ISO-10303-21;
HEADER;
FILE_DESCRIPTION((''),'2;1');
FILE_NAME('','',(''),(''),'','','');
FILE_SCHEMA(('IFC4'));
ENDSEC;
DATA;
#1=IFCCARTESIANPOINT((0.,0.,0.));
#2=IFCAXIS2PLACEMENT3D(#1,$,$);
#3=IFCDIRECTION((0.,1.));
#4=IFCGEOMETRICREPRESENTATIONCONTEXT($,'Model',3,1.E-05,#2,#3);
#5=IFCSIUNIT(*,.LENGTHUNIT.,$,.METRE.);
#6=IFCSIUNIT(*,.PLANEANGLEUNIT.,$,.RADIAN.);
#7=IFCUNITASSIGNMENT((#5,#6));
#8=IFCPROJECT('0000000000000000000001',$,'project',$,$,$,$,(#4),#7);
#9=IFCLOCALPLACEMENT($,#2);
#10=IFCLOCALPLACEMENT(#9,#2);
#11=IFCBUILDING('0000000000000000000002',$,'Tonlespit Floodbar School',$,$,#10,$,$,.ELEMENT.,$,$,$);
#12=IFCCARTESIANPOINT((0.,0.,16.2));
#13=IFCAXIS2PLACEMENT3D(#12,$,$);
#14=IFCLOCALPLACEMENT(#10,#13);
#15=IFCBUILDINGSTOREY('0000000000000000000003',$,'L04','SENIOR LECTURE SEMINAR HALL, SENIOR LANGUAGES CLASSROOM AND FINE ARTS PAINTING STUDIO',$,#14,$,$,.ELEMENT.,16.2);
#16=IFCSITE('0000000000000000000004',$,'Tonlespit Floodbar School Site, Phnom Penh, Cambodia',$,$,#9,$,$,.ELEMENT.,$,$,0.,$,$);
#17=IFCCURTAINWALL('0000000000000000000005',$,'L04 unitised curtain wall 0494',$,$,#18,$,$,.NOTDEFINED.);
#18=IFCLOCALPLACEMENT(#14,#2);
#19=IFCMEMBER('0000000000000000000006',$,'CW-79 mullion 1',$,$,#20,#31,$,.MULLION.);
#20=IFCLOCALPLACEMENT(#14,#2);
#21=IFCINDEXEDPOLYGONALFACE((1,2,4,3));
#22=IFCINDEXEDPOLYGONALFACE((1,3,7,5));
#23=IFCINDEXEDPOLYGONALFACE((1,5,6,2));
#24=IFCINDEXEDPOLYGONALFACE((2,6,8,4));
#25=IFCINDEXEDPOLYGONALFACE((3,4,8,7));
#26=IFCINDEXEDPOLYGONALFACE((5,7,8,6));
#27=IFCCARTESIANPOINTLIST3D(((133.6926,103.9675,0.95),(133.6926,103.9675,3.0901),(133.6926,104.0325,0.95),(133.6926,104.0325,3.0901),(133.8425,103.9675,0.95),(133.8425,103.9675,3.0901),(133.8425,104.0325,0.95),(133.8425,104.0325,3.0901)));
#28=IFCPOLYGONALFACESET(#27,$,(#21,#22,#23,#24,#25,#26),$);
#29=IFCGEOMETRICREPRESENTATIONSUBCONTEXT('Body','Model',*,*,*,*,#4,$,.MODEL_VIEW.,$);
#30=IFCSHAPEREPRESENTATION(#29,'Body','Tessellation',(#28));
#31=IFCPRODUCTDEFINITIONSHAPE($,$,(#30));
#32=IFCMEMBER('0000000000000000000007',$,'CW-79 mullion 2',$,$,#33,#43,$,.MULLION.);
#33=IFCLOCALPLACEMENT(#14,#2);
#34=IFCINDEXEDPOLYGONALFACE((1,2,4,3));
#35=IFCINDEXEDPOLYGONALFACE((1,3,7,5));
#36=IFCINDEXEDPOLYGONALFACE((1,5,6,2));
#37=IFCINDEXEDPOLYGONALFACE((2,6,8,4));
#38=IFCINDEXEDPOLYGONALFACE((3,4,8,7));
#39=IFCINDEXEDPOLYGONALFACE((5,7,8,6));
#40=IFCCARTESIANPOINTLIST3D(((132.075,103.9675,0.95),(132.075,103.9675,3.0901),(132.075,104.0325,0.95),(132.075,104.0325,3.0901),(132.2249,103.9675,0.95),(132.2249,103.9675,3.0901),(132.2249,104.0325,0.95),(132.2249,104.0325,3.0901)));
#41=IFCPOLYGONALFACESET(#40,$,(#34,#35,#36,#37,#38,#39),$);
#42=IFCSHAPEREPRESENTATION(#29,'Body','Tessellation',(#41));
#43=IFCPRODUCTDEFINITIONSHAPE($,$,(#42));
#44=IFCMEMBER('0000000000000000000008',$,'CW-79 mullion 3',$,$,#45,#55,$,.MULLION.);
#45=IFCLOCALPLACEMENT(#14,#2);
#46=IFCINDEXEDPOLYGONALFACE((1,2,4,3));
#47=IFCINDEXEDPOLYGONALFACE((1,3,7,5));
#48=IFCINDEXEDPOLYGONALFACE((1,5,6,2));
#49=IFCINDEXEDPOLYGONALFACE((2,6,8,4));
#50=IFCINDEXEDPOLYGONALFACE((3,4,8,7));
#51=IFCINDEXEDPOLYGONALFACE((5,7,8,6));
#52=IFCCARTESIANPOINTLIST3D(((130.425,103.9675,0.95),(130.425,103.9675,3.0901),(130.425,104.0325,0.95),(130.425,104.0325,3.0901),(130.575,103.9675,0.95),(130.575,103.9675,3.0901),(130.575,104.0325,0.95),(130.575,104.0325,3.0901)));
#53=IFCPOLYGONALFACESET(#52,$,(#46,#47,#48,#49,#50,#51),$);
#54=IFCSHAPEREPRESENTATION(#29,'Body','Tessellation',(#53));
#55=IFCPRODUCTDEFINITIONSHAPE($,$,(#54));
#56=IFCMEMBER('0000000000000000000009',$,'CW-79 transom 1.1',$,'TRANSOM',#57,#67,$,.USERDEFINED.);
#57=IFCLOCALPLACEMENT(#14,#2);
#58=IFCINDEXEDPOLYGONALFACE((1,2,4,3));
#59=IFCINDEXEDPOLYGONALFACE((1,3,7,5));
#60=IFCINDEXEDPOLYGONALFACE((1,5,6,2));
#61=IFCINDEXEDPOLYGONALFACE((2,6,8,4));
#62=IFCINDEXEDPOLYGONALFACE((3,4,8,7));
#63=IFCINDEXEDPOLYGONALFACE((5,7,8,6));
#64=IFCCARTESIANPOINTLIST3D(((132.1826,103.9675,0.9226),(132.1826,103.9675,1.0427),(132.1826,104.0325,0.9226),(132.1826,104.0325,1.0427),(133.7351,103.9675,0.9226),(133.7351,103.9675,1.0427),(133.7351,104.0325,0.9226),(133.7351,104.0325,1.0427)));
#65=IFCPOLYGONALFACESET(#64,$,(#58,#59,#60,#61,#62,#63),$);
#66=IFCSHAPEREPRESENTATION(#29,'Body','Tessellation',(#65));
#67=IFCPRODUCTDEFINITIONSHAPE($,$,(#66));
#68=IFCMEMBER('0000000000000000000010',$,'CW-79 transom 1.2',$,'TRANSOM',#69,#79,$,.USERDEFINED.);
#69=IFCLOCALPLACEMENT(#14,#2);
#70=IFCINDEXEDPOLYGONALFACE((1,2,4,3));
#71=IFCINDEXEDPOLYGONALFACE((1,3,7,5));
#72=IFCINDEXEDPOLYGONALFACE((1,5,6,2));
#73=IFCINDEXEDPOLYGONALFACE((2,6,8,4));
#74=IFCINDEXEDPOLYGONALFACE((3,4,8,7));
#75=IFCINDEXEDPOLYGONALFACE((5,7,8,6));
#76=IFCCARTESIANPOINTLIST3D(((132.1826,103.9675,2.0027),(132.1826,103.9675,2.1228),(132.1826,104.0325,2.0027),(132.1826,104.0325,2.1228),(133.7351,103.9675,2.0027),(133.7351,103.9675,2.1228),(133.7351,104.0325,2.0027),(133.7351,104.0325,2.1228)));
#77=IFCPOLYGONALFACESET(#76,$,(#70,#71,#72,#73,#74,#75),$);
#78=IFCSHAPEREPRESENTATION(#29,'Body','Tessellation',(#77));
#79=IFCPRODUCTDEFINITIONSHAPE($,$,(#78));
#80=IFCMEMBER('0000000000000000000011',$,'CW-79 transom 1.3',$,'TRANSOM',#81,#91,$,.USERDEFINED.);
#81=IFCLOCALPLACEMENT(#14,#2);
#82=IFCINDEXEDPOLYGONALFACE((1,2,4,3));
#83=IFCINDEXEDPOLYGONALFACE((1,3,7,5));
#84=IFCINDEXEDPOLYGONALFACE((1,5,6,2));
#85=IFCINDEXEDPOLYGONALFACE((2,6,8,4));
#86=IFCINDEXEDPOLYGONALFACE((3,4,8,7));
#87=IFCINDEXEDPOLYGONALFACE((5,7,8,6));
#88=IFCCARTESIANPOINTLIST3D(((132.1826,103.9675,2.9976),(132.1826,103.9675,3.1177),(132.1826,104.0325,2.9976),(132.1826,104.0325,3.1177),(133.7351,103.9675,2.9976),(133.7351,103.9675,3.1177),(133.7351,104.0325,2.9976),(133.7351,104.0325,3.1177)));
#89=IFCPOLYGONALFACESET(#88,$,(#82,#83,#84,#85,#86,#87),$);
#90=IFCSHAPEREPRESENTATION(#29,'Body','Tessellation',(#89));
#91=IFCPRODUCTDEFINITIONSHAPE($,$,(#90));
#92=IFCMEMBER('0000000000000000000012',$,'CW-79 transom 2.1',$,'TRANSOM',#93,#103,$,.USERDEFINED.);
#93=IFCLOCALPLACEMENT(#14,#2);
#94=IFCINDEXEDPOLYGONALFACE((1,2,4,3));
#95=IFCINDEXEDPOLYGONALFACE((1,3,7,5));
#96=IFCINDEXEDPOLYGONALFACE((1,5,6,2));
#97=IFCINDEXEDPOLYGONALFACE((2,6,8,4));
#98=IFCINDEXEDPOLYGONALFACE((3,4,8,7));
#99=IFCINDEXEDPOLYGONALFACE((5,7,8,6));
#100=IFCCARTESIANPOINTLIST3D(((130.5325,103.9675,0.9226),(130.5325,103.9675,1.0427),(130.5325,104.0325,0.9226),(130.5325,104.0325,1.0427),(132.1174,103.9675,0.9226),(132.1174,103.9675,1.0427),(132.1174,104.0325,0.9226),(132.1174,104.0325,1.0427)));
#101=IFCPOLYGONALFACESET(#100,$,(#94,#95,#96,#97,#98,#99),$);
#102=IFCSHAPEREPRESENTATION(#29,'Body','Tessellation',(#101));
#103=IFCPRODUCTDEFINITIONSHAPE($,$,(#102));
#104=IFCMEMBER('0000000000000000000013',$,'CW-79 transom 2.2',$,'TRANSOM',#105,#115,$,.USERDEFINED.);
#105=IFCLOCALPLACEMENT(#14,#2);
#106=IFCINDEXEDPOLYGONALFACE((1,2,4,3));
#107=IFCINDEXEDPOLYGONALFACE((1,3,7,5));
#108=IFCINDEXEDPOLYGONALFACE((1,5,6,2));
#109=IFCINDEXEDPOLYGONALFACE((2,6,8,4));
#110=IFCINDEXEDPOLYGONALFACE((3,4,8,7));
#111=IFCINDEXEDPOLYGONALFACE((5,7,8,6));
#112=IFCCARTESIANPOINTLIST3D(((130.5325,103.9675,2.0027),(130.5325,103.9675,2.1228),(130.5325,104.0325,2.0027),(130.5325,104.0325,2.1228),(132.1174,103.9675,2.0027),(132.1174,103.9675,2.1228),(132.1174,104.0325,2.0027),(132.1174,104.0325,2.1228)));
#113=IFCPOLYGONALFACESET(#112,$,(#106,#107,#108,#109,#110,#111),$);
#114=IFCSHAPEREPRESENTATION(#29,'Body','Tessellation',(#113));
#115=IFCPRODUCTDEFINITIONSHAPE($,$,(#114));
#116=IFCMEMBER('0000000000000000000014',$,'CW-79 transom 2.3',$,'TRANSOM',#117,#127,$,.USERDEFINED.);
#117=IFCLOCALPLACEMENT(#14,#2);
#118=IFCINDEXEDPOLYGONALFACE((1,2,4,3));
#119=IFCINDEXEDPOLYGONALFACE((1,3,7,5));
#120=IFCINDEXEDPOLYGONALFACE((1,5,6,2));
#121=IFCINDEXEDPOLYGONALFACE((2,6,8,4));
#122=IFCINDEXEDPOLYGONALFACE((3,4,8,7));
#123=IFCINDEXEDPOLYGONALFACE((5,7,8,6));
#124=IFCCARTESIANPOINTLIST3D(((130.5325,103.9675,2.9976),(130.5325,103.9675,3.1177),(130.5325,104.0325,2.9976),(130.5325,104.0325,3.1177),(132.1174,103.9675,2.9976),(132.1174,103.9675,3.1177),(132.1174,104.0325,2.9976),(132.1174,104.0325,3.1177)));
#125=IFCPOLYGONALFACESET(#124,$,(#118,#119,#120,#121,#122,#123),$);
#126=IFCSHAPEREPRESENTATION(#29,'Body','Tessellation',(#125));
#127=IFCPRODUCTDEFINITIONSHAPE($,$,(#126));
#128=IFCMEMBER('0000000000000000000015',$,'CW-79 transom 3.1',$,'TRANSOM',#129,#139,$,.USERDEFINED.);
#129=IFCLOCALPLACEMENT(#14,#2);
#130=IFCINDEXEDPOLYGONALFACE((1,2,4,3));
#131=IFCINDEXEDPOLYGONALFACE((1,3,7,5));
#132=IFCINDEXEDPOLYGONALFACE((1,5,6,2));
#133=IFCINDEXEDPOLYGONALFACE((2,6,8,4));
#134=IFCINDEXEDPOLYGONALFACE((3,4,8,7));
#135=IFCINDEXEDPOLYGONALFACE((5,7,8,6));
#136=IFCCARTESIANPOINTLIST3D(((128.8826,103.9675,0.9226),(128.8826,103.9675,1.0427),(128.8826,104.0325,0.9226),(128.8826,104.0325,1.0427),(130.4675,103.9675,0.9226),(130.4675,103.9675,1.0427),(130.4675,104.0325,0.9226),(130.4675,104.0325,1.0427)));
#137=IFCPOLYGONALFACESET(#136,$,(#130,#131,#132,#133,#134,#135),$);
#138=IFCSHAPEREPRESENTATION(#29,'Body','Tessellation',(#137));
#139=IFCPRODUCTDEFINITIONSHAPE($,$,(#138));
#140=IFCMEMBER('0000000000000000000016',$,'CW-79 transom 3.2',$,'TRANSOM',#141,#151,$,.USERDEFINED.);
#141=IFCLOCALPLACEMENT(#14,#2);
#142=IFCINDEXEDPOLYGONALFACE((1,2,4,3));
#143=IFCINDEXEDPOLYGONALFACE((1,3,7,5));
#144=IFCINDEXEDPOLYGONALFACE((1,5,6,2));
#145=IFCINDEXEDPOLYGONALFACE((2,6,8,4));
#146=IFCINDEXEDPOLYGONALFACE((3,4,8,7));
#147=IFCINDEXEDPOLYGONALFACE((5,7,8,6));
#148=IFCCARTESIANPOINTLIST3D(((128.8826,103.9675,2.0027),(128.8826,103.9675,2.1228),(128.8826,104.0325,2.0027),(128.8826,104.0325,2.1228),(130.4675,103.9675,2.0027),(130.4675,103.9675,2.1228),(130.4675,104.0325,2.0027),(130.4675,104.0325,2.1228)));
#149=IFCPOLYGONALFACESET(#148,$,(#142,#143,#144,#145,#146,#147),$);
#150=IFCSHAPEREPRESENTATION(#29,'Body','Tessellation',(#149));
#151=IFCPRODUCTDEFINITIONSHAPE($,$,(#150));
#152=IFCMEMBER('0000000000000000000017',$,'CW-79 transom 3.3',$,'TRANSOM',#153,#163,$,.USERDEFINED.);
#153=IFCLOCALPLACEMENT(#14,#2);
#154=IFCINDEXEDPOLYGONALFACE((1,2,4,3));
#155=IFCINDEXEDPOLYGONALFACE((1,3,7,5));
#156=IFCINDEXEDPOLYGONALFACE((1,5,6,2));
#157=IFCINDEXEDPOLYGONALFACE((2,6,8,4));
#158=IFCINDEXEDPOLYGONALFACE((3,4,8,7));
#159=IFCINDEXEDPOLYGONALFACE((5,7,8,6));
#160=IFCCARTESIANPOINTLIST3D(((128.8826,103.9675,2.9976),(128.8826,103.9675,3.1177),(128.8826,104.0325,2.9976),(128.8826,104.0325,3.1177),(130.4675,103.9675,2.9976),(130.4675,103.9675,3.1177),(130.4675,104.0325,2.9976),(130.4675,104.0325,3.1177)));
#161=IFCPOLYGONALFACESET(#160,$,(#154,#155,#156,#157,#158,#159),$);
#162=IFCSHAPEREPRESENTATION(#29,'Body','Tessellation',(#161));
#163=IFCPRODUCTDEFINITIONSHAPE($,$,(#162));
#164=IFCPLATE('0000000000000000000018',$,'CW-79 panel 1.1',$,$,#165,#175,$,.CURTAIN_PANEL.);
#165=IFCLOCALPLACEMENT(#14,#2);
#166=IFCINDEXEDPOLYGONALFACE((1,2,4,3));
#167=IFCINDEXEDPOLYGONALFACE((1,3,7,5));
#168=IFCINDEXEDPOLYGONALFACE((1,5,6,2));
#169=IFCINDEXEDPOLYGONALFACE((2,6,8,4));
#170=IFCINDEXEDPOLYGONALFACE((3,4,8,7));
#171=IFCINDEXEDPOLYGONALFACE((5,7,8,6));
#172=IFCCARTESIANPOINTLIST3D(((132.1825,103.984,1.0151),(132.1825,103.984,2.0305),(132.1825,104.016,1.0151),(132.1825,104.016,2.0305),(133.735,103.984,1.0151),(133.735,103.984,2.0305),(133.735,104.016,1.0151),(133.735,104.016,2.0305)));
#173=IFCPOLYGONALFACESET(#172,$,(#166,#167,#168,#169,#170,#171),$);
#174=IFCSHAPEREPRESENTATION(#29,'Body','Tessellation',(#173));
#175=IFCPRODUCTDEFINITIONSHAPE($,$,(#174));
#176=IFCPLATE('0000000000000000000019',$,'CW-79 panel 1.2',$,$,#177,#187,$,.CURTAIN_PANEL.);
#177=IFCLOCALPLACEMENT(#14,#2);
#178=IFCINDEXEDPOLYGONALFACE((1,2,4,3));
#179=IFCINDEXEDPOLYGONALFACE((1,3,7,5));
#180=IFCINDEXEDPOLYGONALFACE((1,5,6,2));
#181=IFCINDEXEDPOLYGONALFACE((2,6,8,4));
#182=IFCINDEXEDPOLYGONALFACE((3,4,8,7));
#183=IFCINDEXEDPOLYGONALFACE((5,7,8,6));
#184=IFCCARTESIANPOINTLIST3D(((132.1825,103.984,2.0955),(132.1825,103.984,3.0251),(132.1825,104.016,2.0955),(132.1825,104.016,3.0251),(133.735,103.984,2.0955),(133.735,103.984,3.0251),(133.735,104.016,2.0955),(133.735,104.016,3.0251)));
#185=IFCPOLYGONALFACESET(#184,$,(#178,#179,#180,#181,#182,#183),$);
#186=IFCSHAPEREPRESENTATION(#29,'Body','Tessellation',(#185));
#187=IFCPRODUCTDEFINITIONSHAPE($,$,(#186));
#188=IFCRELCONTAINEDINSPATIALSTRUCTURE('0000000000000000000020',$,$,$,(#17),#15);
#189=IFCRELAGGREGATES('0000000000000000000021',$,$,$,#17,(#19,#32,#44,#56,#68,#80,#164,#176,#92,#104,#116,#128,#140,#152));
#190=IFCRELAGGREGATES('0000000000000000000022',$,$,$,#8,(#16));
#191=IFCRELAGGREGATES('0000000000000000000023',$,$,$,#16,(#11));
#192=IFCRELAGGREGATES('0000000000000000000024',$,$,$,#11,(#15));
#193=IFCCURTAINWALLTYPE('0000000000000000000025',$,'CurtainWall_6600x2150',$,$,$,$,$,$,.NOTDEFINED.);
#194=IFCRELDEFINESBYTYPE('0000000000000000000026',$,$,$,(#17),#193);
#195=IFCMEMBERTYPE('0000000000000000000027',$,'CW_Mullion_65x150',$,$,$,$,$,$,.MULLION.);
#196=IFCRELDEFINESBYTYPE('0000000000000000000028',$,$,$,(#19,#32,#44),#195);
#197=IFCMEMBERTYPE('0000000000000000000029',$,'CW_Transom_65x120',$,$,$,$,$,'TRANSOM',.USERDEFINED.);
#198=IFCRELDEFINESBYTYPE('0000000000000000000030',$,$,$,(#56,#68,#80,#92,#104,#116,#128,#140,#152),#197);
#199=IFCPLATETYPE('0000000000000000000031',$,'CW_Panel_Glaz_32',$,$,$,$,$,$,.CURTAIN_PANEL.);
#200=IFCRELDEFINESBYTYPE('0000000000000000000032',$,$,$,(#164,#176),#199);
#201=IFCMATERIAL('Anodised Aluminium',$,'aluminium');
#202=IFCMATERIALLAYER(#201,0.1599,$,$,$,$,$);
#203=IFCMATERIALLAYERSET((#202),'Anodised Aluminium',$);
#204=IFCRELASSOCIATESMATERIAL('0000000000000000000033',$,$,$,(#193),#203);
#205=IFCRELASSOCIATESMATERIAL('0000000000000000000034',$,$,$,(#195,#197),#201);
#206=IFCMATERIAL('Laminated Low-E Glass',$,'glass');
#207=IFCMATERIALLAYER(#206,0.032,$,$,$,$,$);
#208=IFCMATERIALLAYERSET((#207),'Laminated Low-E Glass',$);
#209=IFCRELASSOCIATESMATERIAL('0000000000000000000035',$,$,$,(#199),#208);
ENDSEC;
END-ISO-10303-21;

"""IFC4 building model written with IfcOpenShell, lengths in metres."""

from ifc_helpers import new_model, si_unit, direction, frame, origin, origin_2d, place, context, subcontext, project, spatial, rectangle, extrude, material, layer, layer_set, material_profile, profile_set, type_object, element, aggregate, save


model = new_model("IFC4")

# Units and contexts
model_context = context("Model", 3, precision=1e-05, world=origin(), true_north=direction((0.0, 1.0)))
body_context = subcontext(model_context, "Body", "Model", "MODEL_VIEW")
ifc_project = project(units=[si_unit("LENGTHUNIT", "METRE"), si_unit("PLANEANGLEUNIT", "RADIAN")], contexts=[model_context])

# Site, building, storey
site_placement = place(None, origin())
site = spatial("IfcSite", under=ifc_project, at=site_placement, Name="Tonlespit Floodbar School Site, Phnom Penh, Cambodia", CompositionType="ELEMENT", RefElevation=0.0)
building_placement = place(site_placement, origin())
building = spatial("IfcBuilding", under=site, at=building_placement, Name="Tonlespit Floodbar School", CompositionType="ELEMENT")
storey_placement = place(building_placement, frame((0.0, 0.0, 16.2)))
storey = spatial("IfcBuildingStorey", under=building, at=storey_placement, Name="L04", Description="SENIOR LECTURE SEMINAR HALL, SENIOR LANGUAGES CLASSROOM AND FINE ARTS PAINTING STUDIO", CompositionType="ELEMENT", Elevation=16.2)

# Curtain wall, members, plates
ifc_material_1 = material(Name="Anodised Aluminium", Category="aluminium")
ifc_layer_1 = layer(ifc_material_1, 0.1599)
ifc_layer_set_1 = layer_set([ifc_layer_1], Name="Anodised Aluminium")
curtain_wall_type = type_object("IfcCurtainWallType", Name="CurtainWall_6600x2150", PredefinedType="NOTDEFINED", material=ifc_layer_set_1)
curtain_wall_placement = place(storey_placement, origin())
curtain_wall = element("IfcCurtainWall", 1, at=curtain_wall_placement, inside=storey, type_object=curtain_wall_type, Name="L04 unitised curtain wall 0494", PredefinedType="NOTDEFINED")
ifc_material_profile_1 = material_profile(ifc_material_1, rectangle(XDim=0.0649, YDim=0.1499, at=origin_2d()), Name="ALU M65x150")
ifc_profile_set_1 = profile_set([ifc_material_profile_1], Name="Anodised Aluminium")
member_type_1 = type_object("IfcMemberType", Name="CW_Mullion_65x150", PredefinedType="MULLION", material=ifc_profile_set_1)
member_1_placement = place(storey_placement, frame((133.7676, 104.0, 0.95), z_axis=(0.0, 0.0, 1.0), x_axis=(0.0, -1.0, 0.0)))
member_1 = element("IfcMember", 2, at=member_1_placement, type_object=member_type_1, Name="CW-79 mullion 1", PredefinedType="MULLION", context=body_context, shape_type="SweptSolid", body=[
    extrude(rectangle(XDim=0.0649, YDim=0.1499, at=origin_2d()), origin(), (0.0, 0.0, 1.0), 2.1401),
])
member_2_placement = place(storey_placement, frame((132.1499, 104.0, 0.95), z_axis=(0.0, 0.0, 1.0), x_axis=(0.0, -1.0, 0.0)))
member_2 = element("IfcMember", 3, at=member_2_placement, type_object=member_type_1, Name="CW-79 mullion 2", PredefinedType="MULLION", context=body_context, shape_type="SweptSolid", body=[
    extrude(rectangle(XDim=0.0649, YDim=0.1499, at=origin_2d()), origin(), (0.0, 0.0, 1.0), 2.1401),
])
member_3_placement = place(storey_placement, frame((130.5, 104.0, 0.95), z_axis=(0.0, 0.0, 1.0), x_axis=(0.0, -1.0, 0.0)))
member_3 = element("IfcMember", 4, at=member_3_placement, type_object=member_type_1, Name="CW-79 mullion 3", PredefinedType="MULLION", context=body_context, shape_type="SweptSolid", body=[
    extrude(rectangle(XDim=0.0649, YDim=0.1499, at=origin_2d()), origin(), (0.0, 0.0, 1.0), 2.1401),
])
ifc_material_profile_2 = material_profile(ifc_material_1, rectangle(XDim=0.0649, YDim=0.1201, at=origin_2d()), Name="ALU T65x120")
ifc_profile_set_2 = profile_set([ifc_material_profile_2], Name="Anodised Aluminium")
member_type_2 = type_object("IfcMemberType", Name="CW_Transom_65x120", ElementType="TRANSOM", PredefinedType="USERDEFINED", material=ifc_profile_set_2)
member_4_placement = place(storey_placement, frame((133.7351, 104.0, 0.9827), z_axis=(-1.0, 0.0, 0.0), x_axis=(0.0, -1.0, 0.0)))
member_4 = element("IfcMember", 5, at=member_4_placement, type_object=member_type_2, Name="CW-79 transom 1.1", ObjectType="TRANSOM", PredefinedType="USERDEFINED", context=body_context, shape_type="SweptSolid", body=[
    extrude(rectangle(XDim=0.0649, YDim=0.1201, at=origin_2d()), origin(), (0.0, 0.0, 1.0), 1.5525),
])
member_5_placement = place(storey_placement, frame((133.7351, 104.0, 2.0627), z_axis=(-1.0, 0.0, 0.0), x_axis=(0.0, -1.0, 0.0)))
member_5 = element("IfcMember", 6, at=member_5_placement, type_object=member_type_2, Name="CW-79 transom 1.2", ObjectType="TRANSOM", PredefinedType="USERDEFINED", context=body_context, shape_type="SweptSolid", body=[
    extrude(rectangle(XDim=0.0649, YDim=0.1201, at=origin_2d()), origin(), (0.0, 0.0, 1.0), 1.5525),
])
member_6_placement = place(storey_placement, frame((133.7351, 104.0, 3.0576), z_axis=(-1.0, 0.0, 0.0), x_axis=(0.0, -1.0, 0.0)))
member_6 = element("IfcMember", 7, at=member_6_placement, type_object=member_type_2, Name="CW-79 transom 1.3", ObjectType="TRANSOM", PredefinedType="USERDEFINED", context=body_context, shape_type="SweptSolid", body=[
    extrude(rectangle(XDim=0.0649, YDim=0.1201, at=origin_2d()), origin(), (0.0, 0.0, 1.0), 1.5525),
])
member_7_placement = place(storey_placement, frame((132.1174, 104.0, 0.9827), z_axis=(-1.0, 0.0, 0.0), x_axis=(0.0, -1.0, 0.0)))
member_7 = element("IfcMember", 8, at=member_7_placement, type_object=member_type_2, Name="CW-79 transom 2.1", ObjectType="TRANSOM", PredefinedType="USERDEFINED", context=body_context, shape_type="SweptSolid", body=[
    extrude(rectangle(XDim=0.0649, YDim=0.1201, at=origin_2d()), origin(), (0.0, 0.0, 1.0), 1.585),
])
member_8_placement = place(storey_placement, frame((132.1174, 104.0, 2.0627), z_axis=(-1.0, 0.0, 0.0), x_axis=(0.0, -1.0, 0.0)))
member_8 = element("IfcMember", 9, at=member_8_placement, type_object=member_type_2, Name="CW-79 transom 2.2", ObjectType="TRANSOM", PredefinedType="USERDEFINED", context=body_context, shape_type="SweptSolid", body=[
    extrude(rectangle(XDim=0.0649, YDim=0.1201, at=origin_2d()), origin(), (0.0, 0.0, 1.0), 1.585),
])
member_9_placement = place(storey_placement, frame((132.1174, 104.0, 3.0576), z_axis=(-1.0, 0.0, 0.0), x_axis=(0.0, -1.0, 0.0)))
member_9 = element("IfcMember", 10, at=member_9_placement, type_object=member_type_2, Name="CW-79 transom 2.3", ObjectType="TRANSOM", PredefinedType="USERDEFINED", context=body_context, shape_type="SweptSolid", body=[
    extrude(rectangle(XDim=0.0649, YDim=0.1201, at=origin_2d()), origin(), (0.0, 0.0, 1.0), 1.585),
])
member_10_placement = place(storey_placement, frame((130.4675, 104.0, 0.9827), z_axis=(-1.0, 0.0, 0.0), x_axis=(0.0, -1.0, 0.0)))
member_10 = element("IfcMember", 11, at=member_10_placement, type_object=member_type_2, Name="CW-79 transom 3.1", ObjectType="TRANSOM", PredefinedType="USERDEFINED", context=body_context, shape_type="SweptSolid", body=[
    extrude(rectangle(XDim=0.0649, YDim=0.1201, at=origin_2d()), origin(), (0.0, 0.0, 1.0), 1.585),
])
member_11_placement = place(storey_placement, frame((130.4675, 104.0, 2.0627), z_axis=(-1.0, 0.0, 0.0), x_axis=(0.0, -1.0, 0.0)))
member_11 = element("IfcMember", 12, at=member_11_placement, type_object=member_type_2, Name="CW-79 transom 3.2", ObjectType="TRANSOM", PredefinedType="USERDEFINED", context=body_context, shape_type="SweptSolid", body=[
    extrude(rectangle(XDim=0.0649, YDim=0.1201, at=origin_2d()), origin(), (0.0, 0.0, 1.0), 1.585),
])
member_12_placement = place(storey_placement, frame((130.4675, 104.0, 3.0576), z_axis=(-1.0, 0.0, 0.0), x_axis=(0.0, -1.0, 0.0)))
member_12 = element("IfcMember", 13, at=member_12_placement, type_object=member_type_2, Name="CW-79 transom 3.3", ObjectType="TRANSOM", PredefinedType="USERDEFINED", context=body_context, shape_type="SweptSolid", body=[
    extrude(rectangle(XDim=0.0649, YDim=0.1201, at=origin_2d()), origin(), (0.0, 0.0, 1.0), 1.585),
])
ifc_material_2 = material(Name="Laminated Low-E Glass", Category="glass")
ifc_layer_2 = layer(ifc_material_2, 0.032)
ifc_layer_set_2 = layer_set([ifc_layer_2], Name="Laminated Low-E Glass")
plate_type = type_object("IfcPlateType", Name="CW_Panel_Glaz_32", PredefinedType="CURTAIN_PANEL", material=ifc_layer_set_2)
plate_1_placement = place(storey_placement, frame((132.9587, 104.0, 1.0151), z_axis=(0.0, 0.0, 1.0), x_axis=(-1.0, 0.0, 0.0)))
plate_1 = element("IfcPlate", 14, at=plate_1_placement, type_object=plate_type, Name="CW-79 panel 1.1", PredefinedType="CURTAIN_PANEL", context=body_context, shape_type="SweptSolid", body=[
    extrude(rectangle(XDim=1.5525, YDim=0.032, at=origin_2d()), origin(), (0.0, 0.0, 1.0), 1.0154),
])
plate_2_placement = place(storey_placement, frame((132.9587, 104.0, 2.0955), z_axis=(0.0, 0.0, 1.0), x_axis=(-1.0, 0.0, 0.0)))
plate_2 = element("IfcPlate", 15, at=plate_2_placement, type_object=plate_type, Name="CW-79 panel 1.2", PredefinedType="CURTAIN_PANEL", context=body_context, shape_type="SweptSolid", body=[
    extrude(rectangle(XDim=1.5525, YDim=0.032, at=origin_2d()), origin(), (0.0, 0.0, 1.0), 0.9297),
])
aggregate(curtain_wall, [member_1, member_2, member_3, member_4, member_5, member_6, plate_1, plate_2, member_7, member_8, member_9, member_10, member_11, member_12])

save(model, "model.ifc")
